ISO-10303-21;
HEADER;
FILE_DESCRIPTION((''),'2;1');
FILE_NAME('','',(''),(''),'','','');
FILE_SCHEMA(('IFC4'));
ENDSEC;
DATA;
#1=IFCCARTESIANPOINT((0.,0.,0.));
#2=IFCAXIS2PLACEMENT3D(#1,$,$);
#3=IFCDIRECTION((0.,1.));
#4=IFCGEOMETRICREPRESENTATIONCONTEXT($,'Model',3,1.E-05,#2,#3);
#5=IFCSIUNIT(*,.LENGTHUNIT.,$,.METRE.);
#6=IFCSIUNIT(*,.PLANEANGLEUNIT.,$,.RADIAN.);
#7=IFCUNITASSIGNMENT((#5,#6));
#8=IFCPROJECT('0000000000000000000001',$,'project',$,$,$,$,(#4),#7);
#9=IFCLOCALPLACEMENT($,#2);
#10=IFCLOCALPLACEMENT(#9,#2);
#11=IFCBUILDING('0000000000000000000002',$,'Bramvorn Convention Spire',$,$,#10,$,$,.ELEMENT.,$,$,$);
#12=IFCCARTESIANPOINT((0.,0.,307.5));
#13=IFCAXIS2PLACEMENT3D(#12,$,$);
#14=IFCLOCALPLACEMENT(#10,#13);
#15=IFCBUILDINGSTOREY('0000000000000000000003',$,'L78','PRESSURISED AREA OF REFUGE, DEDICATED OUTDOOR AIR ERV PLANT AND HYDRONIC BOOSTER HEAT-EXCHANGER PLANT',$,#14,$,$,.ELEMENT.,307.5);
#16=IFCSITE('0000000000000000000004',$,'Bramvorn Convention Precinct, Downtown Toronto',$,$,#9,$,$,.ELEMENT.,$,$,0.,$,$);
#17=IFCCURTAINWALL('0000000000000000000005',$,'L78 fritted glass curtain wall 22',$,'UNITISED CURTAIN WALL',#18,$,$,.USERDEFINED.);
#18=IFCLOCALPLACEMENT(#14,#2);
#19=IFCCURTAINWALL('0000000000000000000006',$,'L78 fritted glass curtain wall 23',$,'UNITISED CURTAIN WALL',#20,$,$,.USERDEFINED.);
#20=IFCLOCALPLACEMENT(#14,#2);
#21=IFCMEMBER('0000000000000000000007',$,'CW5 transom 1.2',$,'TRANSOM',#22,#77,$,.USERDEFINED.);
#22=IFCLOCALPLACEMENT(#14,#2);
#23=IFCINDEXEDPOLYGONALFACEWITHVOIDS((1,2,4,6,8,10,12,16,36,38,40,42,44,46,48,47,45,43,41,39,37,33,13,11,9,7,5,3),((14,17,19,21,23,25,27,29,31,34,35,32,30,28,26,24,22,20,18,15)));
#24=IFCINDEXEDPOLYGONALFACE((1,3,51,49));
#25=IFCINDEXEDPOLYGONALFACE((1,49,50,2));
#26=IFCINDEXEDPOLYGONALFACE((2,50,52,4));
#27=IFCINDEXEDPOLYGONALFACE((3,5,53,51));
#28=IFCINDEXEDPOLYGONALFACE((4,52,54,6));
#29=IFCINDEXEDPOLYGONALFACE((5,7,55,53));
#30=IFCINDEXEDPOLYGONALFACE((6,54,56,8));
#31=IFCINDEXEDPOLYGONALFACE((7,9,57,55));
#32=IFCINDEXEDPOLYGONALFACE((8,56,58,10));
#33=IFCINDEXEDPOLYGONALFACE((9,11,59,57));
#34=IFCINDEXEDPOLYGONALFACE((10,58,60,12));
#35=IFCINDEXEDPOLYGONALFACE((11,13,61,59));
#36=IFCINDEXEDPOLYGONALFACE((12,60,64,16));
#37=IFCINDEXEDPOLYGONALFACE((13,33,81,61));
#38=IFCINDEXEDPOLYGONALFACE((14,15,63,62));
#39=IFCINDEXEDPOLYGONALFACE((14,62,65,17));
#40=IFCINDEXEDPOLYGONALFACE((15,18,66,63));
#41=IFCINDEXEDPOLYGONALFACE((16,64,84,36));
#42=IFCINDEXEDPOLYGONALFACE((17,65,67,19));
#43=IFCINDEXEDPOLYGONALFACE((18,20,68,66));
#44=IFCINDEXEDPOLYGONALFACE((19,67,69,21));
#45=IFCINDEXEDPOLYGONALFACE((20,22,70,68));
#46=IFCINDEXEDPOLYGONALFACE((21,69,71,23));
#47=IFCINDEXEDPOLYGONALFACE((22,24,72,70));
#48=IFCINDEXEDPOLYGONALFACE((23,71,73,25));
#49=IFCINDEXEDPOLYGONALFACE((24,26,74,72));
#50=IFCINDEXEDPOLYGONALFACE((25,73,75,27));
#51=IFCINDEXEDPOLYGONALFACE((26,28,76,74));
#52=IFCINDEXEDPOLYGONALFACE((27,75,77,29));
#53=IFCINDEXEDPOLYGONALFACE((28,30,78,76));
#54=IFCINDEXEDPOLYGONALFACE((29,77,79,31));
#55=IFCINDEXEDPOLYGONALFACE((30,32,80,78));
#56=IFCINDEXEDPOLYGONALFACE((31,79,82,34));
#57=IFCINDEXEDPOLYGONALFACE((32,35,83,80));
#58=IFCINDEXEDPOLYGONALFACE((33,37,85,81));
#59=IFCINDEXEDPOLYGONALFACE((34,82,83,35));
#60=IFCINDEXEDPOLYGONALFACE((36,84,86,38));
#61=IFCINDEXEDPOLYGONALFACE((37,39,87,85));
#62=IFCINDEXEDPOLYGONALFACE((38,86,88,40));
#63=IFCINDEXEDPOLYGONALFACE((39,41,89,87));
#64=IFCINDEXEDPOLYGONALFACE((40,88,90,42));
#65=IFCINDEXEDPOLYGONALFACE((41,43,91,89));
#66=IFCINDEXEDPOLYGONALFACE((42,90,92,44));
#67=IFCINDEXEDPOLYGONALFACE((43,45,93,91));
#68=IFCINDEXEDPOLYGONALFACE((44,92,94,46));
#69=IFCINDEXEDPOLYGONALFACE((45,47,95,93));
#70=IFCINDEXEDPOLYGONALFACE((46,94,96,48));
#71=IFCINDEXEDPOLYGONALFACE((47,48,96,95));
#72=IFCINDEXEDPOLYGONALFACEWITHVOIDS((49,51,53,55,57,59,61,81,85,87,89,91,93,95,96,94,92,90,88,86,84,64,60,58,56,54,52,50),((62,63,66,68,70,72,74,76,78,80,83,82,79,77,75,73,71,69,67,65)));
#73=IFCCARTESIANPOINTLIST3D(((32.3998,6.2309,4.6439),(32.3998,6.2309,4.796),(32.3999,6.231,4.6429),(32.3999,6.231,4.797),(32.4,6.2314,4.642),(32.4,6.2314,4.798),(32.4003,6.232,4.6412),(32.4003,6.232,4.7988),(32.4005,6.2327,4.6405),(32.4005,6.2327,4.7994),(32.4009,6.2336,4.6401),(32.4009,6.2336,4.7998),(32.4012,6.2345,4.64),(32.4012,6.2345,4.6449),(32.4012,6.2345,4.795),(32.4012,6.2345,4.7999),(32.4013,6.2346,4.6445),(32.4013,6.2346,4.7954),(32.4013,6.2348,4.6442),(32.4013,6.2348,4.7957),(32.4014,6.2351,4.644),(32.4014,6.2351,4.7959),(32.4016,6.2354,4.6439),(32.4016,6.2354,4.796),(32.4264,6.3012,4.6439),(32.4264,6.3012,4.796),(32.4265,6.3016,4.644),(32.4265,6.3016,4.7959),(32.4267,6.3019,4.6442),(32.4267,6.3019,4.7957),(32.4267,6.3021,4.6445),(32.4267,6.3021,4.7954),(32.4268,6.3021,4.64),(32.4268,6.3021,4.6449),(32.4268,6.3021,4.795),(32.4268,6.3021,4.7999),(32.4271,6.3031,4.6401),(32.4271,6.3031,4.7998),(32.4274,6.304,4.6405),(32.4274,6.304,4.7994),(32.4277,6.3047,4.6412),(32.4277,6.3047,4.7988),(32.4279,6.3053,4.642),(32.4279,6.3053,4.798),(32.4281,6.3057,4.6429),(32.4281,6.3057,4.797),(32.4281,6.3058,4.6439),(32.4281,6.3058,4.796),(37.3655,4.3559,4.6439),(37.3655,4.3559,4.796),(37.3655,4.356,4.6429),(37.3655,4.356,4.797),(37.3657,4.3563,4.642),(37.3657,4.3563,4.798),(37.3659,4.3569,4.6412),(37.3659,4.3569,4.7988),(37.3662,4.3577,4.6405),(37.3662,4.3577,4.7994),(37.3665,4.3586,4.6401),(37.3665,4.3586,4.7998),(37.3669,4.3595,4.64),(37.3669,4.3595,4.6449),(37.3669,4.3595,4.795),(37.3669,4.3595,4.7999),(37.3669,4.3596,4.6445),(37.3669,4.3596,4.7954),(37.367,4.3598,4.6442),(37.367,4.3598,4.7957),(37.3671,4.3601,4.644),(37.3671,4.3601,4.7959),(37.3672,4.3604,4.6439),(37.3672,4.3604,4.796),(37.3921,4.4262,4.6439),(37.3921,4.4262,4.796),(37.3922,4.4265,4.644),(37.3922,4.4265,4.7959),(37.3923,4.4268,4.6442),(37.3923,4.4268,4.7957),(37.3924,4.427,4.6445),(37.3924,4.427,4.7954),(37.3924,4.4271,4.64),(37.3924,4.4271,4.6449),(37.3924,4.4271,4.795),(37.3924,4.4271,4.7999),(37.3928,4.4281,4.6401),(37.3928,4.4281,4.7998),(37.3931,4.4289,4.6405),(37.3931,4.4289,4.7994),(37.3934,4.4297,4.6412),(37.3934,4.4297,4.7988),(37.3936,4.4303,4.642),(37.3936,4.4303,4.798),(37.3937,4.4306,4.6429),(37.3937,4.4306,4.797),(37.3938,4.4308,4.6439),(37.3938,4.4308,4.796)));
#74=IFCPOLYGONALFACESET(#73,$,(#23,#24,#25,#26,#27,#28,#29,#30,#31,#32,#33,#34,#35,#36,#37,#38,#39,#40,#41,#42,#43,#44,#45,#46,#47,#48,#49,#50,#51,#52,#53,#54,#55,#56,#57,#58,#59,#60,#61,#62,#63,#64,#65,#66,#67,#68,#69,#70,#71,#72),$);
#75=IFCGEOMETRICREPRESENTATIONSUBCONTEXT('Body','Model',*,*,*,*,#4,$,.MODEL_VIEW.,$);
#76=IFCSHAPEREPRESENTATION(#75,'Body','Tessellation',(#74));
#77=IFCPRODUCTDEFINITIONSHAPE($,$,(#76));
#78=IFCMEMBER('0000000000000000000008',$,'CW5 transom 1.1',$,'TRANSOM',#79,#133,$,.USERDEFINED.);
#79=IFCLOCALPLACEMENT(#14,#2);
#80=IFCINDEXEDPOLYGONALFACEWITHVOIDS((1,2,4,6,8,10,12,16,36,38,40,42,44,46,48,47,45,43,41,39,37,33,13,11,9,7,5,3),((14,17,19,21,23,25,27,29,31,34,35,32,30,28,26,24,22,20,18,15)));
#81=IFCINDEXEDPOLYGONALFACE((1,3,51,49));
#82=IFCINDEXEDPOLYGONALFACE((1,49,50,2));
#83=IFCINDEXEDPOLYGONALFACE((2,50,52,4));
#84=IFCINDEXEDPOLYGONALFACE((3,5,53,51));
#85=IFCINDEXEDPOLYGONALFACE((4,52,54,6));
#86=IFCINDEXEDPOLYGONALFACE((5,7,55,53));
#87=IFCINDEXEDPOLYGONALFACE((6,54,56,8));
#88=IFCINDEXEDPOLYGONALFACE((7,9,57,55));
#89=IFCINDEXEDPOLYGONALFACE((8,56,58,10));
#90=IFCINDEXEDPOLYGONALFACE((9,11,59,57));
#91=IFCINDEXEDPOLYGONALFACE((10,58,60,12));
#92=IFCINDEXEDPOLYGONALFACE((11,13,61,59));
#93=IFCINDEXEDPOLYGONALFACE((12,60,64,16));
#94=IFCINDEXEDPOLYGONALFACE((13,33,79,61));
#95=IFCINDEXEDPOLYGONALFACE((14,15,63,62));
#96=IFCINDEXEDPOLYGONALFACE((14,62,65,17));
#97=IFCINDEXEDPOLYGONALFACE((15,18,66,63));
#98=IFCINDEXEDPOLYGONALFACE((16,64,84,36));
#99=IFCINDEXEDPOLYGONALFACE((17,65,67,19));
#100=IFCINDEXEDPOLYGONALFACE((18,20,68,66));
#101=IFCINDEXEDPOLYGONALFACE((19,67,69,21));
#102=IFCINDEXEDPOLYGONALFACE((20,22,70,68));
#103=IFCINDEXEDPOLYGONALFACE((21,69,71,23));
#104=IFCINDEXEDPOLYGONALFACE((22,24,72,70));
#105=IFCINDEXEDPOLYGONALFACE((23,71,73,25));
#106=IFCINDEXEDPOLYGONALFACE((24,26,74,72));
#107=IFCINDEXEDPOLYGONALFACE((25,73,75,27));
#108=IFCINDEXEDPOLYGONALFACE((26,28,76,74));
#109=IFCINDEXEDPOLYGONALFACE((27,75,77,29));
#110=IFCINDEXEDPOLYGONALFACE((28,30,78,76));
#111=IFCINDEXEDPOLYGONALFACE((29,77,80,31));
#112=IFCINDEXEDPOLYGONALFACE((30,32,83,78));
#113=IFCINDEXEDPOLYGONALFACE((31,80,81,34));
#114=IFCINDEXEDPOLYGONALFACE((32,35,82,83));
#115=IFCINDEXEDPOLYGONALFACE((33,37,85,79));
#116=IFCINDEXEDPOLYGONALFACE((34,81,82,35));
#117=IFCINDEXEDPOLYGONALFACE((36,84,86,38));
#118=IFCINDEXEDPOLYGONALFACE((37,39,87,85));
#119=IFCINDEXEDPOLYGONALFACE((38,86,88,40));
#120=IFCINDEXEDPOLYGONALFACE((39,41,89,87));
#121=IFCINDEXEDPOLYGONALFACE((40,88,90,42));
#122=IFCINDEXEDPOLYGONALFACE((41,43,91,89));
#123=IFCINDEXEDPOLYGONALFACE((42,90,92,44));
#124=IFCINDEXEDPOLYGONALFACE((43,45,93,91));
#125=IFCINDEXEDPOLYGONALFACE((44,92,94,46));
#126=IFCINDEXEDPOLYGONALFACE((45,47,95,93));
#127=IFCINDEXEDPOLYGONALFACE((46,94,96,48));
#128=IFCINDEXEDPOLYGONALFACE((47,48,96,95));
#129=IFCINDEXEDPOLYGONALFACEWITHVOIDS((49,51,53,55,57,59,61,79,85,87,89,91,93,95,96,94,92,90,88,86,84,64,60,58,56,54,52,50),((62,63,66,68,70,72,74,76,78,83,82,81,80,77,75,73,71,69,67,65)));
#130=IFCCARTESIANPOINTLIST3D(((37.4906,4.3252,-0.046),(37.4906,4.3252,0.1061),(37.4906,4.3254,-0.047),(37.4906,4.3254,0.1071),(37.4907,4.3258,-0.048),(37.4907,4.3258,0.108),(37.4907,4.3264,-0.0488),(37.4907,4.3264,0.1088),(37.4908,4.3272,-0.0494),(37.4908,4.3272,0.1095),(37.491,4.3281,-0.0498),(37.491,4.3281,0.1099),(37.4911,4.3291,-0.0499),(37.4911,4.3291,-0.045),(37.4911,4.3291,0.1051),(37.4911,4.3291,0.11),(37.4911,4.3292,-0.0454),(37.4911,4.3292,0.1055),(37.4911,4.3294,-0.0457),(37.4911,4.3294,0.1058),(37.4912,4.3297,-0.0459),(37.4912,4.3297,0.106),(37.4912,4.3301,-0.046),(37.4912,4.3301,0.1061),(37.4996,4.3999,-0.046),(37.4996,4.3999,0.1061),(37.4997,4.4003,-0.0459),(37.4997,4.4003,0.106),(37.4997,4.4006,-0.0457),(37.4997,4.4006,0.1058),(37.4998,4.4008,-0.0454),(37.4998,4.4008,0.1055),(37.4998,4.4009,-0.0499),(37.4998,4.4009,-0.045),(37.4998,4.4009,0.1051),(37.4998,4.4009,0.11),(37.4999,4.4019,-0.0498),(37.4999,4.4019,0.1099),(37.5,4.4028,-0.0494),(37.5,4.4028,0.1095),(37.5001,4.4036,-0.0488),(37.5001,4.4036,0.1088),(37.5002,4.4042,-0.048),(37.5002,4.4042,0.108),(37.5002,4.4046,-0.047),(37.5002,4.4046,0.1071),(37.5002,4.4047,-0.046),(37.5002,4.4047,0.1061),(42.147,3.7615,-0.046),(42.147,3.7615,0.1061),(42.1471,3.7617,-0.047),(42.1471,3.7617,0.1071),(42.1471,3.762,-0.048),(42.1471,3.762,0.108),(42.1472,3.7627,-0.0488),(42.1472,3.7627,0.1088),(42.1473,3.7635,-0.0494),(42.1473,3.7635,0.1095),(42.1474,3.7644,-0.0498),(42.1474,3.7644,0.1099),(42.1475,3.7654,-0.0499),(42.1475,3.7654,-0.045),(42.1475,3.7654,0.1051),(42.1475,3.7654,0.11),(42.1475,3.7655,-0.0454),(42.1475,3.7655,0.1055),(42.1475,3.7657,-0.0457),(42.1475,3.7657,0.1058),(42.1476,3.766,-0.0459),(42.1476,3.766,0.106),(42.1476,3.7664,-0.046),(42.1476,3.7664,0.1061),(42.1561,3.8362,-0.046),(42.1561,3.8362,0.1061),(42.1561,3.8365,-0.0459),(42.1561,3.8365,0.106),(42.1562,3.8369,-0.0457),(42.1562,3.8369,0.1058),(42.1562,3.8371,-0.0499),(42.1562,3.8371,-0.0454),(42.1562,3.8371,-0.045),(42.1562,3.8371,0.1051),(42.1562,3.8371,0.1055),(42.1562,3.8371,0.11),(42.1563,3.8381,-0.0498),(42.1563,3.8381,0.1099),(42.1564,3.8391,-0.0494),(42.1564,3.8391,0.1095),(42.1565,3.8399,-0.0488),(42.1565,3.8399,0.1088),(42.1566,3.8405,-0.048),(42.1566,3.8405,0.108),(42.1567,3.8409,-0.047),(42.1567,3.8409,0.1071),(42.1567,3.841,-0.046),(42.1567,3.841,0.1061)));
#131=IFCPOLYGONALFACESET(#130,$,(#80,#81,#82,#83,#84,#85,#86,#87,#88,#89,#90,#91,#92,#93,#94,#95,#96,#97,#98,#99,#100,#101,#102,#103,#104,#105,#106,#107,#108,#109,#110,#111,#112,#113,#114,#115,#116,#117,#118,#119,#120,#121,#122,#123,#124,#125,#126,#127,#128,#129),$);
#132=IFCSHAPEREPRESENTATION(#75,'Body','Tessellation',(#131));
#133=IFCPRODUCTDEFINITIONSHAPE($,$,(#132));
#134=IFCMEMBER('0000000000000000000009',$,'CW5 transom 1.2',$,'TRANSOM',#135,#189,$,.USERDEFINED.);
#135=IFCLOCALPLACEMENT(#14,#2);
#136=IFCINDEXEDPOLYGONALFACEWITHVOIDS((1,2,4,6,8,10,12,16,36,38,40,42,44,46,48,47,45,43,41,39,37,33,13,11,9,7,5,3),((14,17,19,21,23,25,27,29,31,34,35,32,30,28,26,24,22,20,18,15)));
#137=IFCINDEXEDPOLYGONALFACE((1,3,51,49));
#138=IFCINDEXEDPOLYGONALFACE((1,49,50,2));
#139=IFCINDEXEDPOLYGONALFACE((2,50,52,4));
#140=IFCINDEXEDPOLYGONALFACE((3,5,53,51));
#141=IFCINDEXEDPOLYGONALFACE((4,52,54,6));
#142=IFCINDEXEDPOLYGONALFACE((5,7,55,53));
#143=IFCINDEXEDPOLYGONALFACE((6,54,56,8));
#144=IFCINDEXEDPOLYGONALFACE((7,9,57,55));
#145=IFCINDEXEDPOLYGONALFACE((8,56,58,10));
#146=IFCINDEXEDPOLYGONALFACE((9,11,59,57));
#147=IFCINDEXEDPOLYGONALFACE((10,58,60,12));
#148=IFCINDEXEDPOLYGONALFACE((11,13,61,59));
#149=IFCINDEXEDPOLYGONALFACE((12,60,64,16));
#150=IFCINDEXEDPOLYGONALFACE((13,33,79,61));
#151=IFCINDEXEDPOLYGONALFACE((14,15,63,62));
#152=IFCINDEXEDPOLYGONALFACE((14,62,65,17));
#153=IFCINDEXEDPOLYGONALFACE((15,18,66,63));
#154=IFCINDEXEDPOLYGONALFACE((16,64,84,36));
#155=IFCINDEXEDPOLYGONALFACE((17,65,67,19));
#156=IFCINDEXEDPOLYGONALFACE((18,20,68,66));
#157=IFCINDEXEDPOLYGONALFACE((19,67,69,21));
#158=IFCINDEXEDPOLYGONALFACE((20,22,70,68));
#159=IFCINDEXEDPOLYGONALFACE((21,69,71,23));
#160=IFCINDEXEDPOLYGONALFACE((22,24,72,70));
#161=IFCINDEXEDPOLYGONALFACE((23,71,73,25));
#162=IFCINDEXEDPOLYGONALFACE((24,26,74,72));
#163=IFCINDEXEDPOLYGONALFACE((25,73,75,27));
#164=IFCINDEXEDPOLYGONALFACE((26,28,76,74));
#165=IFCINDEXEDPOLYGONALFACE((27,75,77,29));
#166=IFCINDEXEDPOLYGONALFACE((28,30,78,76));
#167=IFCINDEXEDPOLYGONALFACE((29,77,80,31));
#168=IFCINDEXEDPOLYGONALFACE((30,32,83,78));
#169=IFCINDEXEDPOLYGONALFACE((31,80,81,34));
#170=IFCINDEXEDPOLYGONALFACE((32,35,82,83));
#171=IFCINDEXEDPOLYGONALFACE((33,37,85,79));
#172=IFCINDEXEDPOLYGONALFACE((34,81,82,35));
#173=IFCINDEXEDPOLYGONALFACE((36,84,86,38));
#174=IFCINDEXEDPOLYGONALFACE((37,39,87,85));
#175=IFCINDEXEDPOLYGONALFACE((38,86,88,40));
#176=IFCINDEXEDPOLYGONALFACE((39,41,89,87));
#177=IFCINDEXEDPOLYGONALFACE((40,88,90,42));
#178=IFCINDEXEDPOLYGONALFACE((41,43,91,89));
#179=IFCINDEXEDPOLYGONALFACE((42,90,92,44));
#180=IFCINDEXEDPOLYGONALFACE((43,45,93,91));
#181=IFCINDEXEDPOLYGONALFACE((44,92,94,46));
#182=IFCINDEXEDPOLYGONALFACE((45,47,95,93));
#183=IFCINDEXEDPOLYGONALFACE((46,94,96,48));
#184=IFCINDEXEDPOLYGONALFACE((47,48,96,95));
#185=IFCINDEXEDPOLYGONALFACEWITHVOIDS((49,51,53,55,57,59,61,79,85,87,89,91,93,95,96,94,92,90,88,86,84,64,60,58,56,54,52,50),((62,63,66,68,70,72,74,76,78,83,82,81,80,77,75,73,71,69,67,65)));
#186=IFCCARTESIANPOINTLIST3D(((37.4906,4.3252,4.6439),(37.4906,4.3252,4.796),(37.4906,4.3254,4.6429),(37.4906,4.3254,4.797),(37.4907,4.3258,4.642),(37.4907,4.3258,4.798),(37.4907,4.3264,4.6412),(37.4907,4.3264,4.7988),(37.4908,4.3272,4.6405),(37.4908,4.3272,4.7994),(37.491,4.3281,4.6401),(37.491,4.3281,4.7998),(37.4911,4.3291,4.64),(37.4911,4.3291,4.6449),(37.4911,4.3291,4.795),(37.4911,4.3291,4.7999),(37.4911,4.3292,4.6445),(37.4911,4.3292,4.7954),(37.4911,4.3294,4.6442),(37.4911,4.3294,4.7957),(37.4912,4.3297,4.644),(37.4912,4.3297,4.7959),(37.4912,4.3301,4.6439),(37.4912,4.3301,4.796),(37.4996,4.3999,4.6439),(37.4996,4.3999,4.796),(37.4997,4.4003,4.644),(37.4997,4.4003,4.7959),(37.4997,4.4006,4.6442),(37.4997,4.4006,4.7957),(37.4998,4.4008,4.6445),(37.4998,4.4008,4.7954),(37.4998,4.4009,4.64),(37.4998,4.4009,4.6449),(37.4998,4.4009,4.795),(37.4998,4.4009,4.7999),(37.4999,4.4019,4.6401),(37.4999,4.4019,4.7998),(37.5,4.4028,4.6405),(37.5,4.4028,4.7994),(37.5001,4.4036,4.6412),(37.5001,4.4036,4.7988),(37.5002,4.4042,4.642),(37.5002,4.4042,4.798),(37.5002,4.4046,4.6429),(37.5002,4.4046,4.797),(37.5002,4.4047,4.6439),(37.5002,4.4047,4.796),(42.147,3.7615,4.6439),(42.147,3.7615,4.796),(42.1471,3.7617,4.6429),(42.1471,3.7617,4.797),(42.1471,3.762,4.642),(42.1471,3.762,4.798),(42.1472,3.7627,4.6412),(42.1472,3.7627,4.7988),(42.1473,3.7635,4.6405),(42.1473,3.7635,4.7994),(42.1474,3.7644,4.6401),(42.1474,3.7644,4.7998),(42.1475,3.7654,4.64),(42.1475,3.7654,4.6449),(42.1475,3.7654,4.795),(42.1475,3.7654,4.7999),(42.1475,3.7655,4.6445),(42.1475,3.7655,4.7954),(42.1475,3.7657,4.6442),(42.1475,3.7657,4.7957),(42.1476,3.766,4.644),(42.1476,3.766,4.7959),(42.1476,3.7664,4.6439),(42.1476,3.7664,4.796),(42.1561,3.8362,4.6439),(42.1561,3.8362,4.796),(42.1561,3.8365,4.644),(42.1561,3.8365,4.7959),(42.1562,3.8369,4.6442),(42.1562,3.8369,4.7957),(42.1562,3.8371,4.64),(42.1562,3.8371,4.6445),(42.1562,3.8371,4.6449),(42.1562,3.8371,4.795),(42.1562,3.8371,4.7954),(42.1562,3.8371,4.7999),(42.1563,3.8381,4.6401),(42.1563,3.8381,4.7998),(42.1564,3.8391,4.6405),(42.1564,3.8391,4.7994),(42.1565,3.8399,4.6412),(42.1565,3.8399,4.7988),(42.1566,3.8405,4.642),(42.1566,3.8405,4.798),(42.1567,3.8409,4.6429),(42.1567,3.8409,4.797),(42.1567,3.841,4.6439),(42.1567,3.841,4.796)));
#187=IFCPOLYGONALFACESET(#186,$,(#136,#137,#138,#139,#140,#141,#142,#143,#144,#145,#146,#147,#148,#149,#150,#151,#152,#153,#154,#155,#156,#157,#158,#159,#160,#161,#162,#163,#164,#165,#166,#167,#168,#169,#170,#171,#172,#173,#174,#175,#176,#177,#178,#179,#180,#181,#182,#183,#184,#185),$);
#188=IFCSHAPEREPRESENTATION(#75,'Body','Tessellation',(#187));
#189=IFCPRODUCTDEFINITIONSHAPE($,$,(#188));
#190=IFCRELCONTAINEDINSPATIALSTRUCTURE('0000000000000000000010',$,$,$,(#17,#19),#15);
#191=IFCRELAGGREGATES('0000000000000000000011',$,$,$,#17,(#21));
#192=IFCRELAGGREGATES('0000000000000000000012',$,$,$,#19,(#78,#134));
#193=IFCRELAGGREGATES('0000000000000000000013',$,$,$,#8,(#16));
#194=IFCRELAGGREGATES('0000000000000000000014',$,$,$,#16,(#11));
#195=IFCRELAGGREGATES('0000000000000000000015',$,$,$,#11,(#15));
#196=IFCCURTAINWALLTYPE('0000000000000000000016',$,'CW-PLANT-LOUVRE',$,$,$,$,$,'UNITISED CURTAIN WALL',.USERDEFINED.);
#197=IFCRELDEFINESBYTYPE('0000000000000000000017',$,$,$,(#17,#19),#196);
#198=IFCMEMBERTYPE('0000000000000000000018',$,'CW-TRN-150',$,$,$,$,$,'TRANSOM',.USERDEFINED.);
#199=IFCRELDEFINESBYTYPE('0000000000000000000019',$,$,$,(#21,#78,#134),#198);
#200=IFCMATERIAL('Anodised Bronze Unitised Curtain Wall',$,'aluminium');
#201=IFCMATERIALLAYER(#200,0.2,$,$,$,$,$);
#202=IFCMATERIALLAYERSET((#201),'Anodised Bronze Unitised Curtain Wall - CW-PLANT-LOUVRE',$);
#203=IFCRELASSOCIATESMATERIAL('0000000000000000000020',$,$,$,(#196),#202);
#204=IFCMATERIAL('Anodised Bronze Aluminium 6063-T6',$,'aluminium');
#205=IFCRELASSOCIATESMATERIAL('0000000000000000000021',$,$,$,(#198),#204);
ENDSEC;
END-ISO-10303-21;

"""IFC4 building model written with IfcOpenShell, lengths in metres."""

from ifc_helpers import new_model, si_unit, direction, frame, origin, origin_2d, place, context, subcontext, project, spatial, hollow_rectangle, extrude, material, layer, layer_set, material_profile, profile_set, type_object, element, aggregate, save


model = new_model("IFC4")

# Units and contexts
model_context = context("Model", 3, precision=1e-05, world=origin(), true_north=direction((0.0, 1.0)))
body_context = subcontext(model_context, "Body", "Model", "MODEL_VIEW")
ifc_project = project(units=[si_unit("LENGTHUNIT", "METRE"), si_unit("PLANEANGLEUNIT", "RADIAN")], contexts=[model_context])

# Site, building, storey
site_placement = place(None, origin())
site = spatial("IfcSite", under=ifc_project, at=site_placement, Name="Bramvorn Convention Precinct, Downtown Toronto", CompositionType="ELEMENT", RefElevation=0.0)
building_placement = place(site_placement, origin())
building = spatial("IfcBuilding", under=site, at=building_placement, Name="Bramvorn Convention Spire", CompositionType="ELEMENT")
storey_placement = place(building_placement, frame((0.0, 0.0, 307.5)))
storey = spatial("IfcBuildingStorey", under=building, at=storey_placement, Name="L78", Description="PRESSURISED AREA OF REFUGE, DEDICATED OUTDOOR AIR ERV PLANT AND HYDRONIC BOOSTER HEAT-EXCHANGER PLANT", CompositionType="ELEMENT", Elevation=307.5)

# Curtain wall
ifc_material_1 = material(Name="Anodised Bronze Unitised Curtain Wall", Category="aluminium")
ifc_layer_1 = layer(ifc_material_1, 0.2)
ifc_layer_set_1 = layer_set([ifc_layer_1], Name="Anodised Bronze Unitised Curtain Wall - CW-PLANT-LOUVRE")
curtain_wall_type = type_object("IfcCurtainWallType", Name="CW-PLANT-LOUVRE", ElementType="UNITISED CURTAIN WALL", PredefinedType="USERDEFINED", material=ifc_layer_set_1)
curtain_wall_1_placement = place(storey_placement, origin())
curtain_wall_1 = element("IfcCurtainWall", 1, at=curtain_wall_1_placement, inside=storey, type_object=curtain_wall_type, Name="L78 fritted glass curtain wall 22", ObjectType="UNITISED CURTAIN WALL", PredefinedType="USERDEFINED")
ifc_material_2 = material(Name="Anodised Bronze Aluminium 6063-T6", Category="aluminium")

# Curtain wall
curtain_wall_2_placement = place(storey_placement, origin())
curtain_wall_2 = element("IfcCurtainWall", 2, at=curtain_wall_2_placement, inside=storey, type_object=curtain_wall_type, Name="L78 fritted glass curtain wall 23", ObjectType="UNITISED CURTAIN WALL", PredefinedType="USERDEFINED")

# Members
ifc_material_profile_1 = material_profile(ifc_material_2, hollow_rectangle(XDim=0.0801, YDim=0.1599, WallThickness=0.0039, InnerFilletRadius=0.001, OuterFilletRadius=0.0039, at=origin_2d()))
ifc_profile_set_1 = profile_set([ifc_material_profile_1], Name="Anodised Bronze Aluminium 6063-T6 - CWT80X160")
member_type_1 = type_object("IfcMemberType", Name="CW-TRN-150", ElementType="TRANSOM", PredefinedType="USERDEFINED", material=ifc_profile_set_1)
member_1_placement = place(storey_placement, frame((37.3796, 4.3933, 4.72), z_axis=(-0.935527, 0.353255, 0.0), x_axis=(-0.353255, -0.935527, 0.0)))
member_1 = element("IfcMember", 3, at=member_1_placement, type_object=member_type_1, Name="CW5 transom 1.2", ObjectType="TRANSOM", PredefinedType="USERDEFINED", context=body_context, shape_type="SweptSolid", body=[
    extrude(hollow_rectangle(XDim=0.0801, YDim=0.1599, WallThickness=0.0039, InnerFilletRadius=0.001, OuterFilletRadius=0.0039, at=origin_2d()), origin(), (0.0, 0.0, 1.0), 5.3079),
])
member_2_placement = place(storey_placement, frame((42.1519, 3.8013, 0.03), z_axis=(-0.992752, 0.120184, 0.0), x_axis=(-0.120184, -0.992752, 0.0)))
member_2 = element("IfcMember", 4, at=member_2_placement, type_object=member_type_1, Name="CW5 transom 1.1", ObjectType="TRANSOM", PredefinedType="USERDEFINED", context=body_context, shape_type="SweptSolid", body=[
    extrude(hollow_rectangle(XDim=0.0801, YDim=0.1599, WallThickness=0.0039, InnerFilletRadius=0.001, OuterFilletRadius=0.0039, at=origin_2d()), origin(), (0.0, 0.0, 1.0), 4.6904),
])
member_3_placement = place(storey_placement, frame((42.1519, 3.8013, 4.72), z_axis=(-0.992752, 0.120184, 0.0), x_axis=(-0.120184, -0.992752, 0.0)))
member_3 = element("IfcMember", 5, at=member_3_placement, type_object=member_type_1, Name="CW5 transom 1.2", ObjectType="TRANSOM", PredefinedType="USERDEFINED", context=body_context, shape_type="SweptSolid", body=[
    extrude(hollow_rectangle(XDim=0.0801, YDim=0.1599, WallThickness=0.0039, InnerFilletRadius=0.001, OuterFilletRadius=0.0039, at=origin_2d()), origin(), (0.0, 0.0, 1.0), 4.6904),
])

aggregate(curtain_wall_1, [member_1])
aggregate(curtain_wall_2, [member_2, member_3])

save(model, "model.ifc")
